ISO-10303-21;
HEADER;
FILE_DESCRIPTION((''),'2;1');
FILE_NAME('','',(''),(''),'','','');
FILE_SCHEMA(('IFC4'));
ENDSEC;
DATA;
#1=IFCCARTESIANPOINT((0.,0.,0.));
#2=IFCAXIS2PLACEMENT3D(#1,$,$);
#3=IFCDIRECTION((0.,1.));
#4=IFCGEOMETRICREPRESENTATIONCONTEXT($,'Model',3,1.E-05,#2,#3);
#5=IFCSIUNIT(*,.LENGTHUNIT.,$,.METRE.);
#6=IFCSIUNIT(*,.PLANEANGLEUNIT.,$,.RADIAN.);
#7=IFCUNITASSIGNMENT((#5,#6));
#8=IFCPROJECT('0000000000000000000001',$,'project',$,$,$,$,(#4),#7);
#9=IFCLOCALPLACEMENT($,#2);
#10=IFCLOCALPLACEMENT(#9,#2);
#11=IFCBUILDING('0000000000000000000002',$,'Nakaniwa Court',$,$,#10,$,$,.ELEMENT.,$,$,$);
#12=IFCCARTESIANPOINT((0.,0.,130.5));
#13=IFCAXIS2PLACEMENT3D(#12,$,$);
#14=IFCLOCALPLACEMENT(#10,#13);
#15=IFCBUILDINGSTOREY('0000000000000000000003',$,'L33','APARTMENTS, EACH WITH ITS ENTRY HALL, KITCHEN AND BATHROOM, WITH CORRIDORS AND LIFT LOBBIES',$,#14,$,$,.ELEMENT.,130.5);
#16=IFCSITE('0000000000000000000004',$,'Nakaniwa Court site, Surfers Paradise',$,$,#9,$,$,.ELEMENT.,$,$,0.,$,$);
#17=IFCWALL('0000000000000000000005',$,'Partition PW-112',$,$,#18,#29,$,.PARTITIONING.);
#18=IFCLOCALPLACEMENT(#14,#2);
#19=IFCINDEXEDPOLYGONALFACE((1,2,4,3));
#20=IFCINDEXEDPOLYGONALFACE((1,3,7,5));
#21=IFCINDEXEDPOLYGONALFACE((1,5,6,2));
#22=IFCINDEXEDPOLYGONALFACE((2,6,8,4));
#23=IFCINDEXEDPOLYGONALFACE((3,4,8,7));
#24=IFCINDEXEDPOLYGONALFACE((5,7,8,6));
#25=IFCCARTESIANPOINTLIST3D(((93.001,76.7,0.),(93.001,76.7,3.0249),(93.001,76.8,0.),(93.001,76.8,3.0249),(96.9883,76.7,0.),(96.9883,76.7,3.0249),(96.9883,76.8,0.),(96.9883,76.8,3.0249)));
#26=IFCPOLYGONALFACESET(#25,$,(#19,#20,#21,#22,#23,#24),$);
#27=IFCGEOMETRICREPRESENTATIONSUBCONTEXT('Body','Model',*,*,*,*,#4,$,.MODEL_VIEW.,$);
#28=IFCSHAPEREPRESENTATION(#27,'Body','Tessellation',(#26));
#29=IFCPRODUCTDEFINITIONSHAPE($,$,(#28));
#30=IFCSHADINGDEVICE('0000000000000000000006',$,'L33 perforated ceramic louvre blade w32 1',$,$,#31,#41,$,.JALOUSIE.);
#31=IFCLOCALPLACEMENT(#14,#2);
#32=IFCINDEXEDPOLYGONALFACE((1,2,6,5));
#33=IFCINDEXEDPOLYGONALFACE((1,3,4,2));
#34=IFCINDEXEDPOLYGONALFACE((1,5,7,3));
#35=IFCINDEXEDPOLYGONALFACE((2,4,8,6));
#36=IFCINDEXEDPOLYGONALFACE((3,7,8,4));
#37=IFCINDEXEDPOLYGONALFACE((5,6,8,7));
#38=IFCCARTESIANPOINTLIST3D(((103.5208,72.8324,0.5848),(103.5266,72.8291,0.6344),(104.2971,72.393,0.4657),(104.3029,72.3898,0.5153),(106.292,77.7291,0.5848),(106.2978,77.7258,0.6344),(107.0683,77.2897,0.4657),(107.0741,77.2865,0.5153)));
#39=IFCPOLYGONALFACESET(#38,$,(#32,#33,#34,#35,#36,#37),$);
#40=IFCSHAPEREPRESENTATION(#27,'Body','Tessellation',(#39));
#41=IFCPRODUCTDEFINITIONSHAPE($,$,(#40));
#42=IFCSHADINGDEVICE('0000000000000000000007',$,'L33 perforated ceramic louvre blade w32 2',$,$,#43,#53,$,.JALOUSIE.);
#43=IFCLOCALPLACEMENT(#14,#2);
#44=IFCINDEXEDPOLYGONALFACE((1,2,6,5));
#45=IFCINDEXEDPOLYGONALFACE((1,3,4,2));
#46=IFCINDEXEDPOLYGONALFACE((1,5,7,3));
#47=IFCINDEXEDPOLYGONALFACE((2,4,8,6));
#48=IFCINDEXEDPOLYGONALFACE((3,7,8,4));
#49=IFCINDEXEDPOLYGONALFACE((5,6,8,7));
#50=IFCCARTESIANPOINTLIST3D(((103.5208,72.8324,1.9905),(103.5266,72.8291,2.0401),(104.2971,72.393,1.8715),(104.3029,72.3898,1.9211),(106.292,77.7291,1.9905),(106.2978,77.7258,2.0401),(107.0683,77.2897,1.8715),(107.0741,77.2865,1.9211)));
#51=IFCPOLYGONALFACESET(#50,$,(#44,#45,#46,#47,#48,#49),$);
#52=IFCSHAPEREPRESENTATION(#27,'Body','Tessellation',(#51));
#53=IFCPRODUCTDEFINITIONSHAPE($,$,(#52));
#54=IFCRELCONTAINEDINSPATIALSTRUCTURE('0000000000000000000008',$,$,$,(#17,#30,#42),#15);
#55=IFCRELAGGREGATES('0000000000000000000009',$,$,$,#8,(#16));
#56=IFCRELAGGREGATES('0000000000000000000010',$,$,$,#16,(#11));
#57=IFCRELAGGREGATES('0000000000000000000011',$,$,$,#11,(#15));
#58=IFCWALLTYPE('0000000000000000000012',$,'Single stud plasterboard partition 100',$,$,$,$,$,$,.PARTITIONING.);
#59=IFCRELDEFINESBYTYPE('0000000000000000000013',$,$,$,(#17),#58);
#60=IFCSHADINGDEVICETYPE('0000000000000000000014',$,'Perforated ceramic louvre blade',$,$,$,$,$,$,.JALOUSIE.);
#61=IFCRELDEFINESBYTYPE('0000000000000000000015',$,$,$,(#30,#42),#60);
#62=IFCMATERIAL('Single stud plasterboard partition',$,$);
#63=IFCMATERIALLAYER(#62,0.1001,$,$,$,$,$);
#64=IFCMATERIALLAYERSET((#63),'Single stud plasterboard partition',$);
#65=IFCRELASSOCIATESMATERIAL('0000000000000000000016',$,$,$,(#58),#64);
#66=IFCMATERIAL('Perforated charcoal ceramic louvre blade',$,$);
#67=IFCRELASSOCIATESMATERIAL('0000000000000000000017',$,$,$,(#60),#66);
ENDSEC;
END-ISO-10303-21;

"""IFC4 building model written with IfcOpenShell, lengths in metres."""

from ifc_helpers import new_model, si_unit, direction, frame, frame_2d, origin, origin_2d, place, context, subcontext, project, spatial, rectangle, extrude, material, layer, layer_set, material_profile, profile_set, type_object, element, save


model = new_model("IFC4")

# Units and contexts
model_context = context("Model", 3, precision=1e-05, world=origin(), true_north=direction((0.0, 1.0)))
body_context = subcontext(model_context, "Body", "Model", "MODEL_VIEW")
ifc_project = project(units=[si_unit("LENGTHUNIT", "METRE"), si_unit("PLANEANGLEUNIT", "RADIAN")], contexts=[model_context])

# Site, building, storey
site_placement = place(None, origin())
site = spatial("IfcSite", under=ifc_project, at=site_placement, Name="Nakaniwa Court site, Surfers Paradise", CompositionType="ELEMENT", RefElevation=0.0)
building_placement = place(site_placement, origin())
building = spatial("IfcBuilding", under=site, at=building_placement, Name="Nakaniwa Court", CompositionType="ELEMENT")
storey_placement = place(building_placement, frame((0.0, 0.0, 130.5)))
storey = spatial("IfcBuildingStorey", under=building, at=storey_placement, Name="L33", Description="APARTMENTS, EACH WITH ITS ENTRY HALL, KITCHEN AND BATHROOM, WITH CORRIDORS AND LIFT LOBBIES", CompositionType="ELEMENT", Elevation=130.5)

# Wall
ifc_material_1 = material(Name="Single stud plasterboard partition")
ifc_layer_1 = layer(ifc_material_1, 0.1001)
ifc_layer_set_1 = layer_set([ifc_layer_1], Name="Single stud plasterboard partition")
wall_type_1 = type_object("IfcWallType", Name="Single stud plasterboard partition 100", PredefinedType="PARTITIONING", material=ifc_layer_set_1)
wall_1_placement = place(storey_placement, frame((93.001, 76.75, 0.0), z_axis=(0.0, 0.0, 1.0), x_axis=(1.0, 0.0, 0.0)))
element("IfcWall", 1, at=wall_1_placement, inside=storey, type_object=wall_type_1, Name="Partition PW-112", PredefinedType="PARTITIONING", context=body_context, shape_type="SweptSolid", body=[
    extrude(rectangle(XDim=3.9873, YDim=0.1001, at=frame_2d((1.9937, 0.0))), origin(), (0.0, 0.0, 1.0), 3.0249),
])

# Shading devices
ifc_material_2 = material(Name="Perforated charcoal ceramic louvre blade")
ifc_material_profile_1 = material_profile(ifc_material_2, rectangle(XDim=0.8999, YDim=0.05, at=origin_2d()), Name="Perforated ceramic louvre blade")
ifc_profile_set_1 = profile_set([ifc_material_profile_1], Name="Perforated charcoal ceramic louvre blade")
shading_device_type = type_object("IfcShadingDeviceType", Name="Perforated ceramic louvre blade", PredefinedType="JALOUSIE", material=ifc_profile_set_1)
for number, where, z_axis, x_axis, name in (
    (2, (103.9119, 72.6111, 0.55), (0.492532, 0.870294, 0.0), (-0.862649, 0.488205, 0.132256), "L33 perforated ceramic louvre blade w32 1"),
    (3, (103.9119, 72.6111, 1.9558), (0.492532, 0.870294, 0.0), (-0.862649, 0.488205, 0.132256), "L33 perforated ceramic louvre blade w32 2"),
):
    element("IfcShadingDevice", number, at=place(storey_placement, frame(where, z_axis=z_axis, x_axis=x_axis)), inside=storey, type_object=shading_device_type, Name=name, PredefinedType="JALOUSIE", context=body_context, shape_type="SweptSolid", body=[
        extrude(rectangle(XDim=0.8999, YDim=0.05, at=origin_2d()), origin(), (0.0, 0.0, 1.0), 5.6265),
    ])

save(model, "model.ifc")
